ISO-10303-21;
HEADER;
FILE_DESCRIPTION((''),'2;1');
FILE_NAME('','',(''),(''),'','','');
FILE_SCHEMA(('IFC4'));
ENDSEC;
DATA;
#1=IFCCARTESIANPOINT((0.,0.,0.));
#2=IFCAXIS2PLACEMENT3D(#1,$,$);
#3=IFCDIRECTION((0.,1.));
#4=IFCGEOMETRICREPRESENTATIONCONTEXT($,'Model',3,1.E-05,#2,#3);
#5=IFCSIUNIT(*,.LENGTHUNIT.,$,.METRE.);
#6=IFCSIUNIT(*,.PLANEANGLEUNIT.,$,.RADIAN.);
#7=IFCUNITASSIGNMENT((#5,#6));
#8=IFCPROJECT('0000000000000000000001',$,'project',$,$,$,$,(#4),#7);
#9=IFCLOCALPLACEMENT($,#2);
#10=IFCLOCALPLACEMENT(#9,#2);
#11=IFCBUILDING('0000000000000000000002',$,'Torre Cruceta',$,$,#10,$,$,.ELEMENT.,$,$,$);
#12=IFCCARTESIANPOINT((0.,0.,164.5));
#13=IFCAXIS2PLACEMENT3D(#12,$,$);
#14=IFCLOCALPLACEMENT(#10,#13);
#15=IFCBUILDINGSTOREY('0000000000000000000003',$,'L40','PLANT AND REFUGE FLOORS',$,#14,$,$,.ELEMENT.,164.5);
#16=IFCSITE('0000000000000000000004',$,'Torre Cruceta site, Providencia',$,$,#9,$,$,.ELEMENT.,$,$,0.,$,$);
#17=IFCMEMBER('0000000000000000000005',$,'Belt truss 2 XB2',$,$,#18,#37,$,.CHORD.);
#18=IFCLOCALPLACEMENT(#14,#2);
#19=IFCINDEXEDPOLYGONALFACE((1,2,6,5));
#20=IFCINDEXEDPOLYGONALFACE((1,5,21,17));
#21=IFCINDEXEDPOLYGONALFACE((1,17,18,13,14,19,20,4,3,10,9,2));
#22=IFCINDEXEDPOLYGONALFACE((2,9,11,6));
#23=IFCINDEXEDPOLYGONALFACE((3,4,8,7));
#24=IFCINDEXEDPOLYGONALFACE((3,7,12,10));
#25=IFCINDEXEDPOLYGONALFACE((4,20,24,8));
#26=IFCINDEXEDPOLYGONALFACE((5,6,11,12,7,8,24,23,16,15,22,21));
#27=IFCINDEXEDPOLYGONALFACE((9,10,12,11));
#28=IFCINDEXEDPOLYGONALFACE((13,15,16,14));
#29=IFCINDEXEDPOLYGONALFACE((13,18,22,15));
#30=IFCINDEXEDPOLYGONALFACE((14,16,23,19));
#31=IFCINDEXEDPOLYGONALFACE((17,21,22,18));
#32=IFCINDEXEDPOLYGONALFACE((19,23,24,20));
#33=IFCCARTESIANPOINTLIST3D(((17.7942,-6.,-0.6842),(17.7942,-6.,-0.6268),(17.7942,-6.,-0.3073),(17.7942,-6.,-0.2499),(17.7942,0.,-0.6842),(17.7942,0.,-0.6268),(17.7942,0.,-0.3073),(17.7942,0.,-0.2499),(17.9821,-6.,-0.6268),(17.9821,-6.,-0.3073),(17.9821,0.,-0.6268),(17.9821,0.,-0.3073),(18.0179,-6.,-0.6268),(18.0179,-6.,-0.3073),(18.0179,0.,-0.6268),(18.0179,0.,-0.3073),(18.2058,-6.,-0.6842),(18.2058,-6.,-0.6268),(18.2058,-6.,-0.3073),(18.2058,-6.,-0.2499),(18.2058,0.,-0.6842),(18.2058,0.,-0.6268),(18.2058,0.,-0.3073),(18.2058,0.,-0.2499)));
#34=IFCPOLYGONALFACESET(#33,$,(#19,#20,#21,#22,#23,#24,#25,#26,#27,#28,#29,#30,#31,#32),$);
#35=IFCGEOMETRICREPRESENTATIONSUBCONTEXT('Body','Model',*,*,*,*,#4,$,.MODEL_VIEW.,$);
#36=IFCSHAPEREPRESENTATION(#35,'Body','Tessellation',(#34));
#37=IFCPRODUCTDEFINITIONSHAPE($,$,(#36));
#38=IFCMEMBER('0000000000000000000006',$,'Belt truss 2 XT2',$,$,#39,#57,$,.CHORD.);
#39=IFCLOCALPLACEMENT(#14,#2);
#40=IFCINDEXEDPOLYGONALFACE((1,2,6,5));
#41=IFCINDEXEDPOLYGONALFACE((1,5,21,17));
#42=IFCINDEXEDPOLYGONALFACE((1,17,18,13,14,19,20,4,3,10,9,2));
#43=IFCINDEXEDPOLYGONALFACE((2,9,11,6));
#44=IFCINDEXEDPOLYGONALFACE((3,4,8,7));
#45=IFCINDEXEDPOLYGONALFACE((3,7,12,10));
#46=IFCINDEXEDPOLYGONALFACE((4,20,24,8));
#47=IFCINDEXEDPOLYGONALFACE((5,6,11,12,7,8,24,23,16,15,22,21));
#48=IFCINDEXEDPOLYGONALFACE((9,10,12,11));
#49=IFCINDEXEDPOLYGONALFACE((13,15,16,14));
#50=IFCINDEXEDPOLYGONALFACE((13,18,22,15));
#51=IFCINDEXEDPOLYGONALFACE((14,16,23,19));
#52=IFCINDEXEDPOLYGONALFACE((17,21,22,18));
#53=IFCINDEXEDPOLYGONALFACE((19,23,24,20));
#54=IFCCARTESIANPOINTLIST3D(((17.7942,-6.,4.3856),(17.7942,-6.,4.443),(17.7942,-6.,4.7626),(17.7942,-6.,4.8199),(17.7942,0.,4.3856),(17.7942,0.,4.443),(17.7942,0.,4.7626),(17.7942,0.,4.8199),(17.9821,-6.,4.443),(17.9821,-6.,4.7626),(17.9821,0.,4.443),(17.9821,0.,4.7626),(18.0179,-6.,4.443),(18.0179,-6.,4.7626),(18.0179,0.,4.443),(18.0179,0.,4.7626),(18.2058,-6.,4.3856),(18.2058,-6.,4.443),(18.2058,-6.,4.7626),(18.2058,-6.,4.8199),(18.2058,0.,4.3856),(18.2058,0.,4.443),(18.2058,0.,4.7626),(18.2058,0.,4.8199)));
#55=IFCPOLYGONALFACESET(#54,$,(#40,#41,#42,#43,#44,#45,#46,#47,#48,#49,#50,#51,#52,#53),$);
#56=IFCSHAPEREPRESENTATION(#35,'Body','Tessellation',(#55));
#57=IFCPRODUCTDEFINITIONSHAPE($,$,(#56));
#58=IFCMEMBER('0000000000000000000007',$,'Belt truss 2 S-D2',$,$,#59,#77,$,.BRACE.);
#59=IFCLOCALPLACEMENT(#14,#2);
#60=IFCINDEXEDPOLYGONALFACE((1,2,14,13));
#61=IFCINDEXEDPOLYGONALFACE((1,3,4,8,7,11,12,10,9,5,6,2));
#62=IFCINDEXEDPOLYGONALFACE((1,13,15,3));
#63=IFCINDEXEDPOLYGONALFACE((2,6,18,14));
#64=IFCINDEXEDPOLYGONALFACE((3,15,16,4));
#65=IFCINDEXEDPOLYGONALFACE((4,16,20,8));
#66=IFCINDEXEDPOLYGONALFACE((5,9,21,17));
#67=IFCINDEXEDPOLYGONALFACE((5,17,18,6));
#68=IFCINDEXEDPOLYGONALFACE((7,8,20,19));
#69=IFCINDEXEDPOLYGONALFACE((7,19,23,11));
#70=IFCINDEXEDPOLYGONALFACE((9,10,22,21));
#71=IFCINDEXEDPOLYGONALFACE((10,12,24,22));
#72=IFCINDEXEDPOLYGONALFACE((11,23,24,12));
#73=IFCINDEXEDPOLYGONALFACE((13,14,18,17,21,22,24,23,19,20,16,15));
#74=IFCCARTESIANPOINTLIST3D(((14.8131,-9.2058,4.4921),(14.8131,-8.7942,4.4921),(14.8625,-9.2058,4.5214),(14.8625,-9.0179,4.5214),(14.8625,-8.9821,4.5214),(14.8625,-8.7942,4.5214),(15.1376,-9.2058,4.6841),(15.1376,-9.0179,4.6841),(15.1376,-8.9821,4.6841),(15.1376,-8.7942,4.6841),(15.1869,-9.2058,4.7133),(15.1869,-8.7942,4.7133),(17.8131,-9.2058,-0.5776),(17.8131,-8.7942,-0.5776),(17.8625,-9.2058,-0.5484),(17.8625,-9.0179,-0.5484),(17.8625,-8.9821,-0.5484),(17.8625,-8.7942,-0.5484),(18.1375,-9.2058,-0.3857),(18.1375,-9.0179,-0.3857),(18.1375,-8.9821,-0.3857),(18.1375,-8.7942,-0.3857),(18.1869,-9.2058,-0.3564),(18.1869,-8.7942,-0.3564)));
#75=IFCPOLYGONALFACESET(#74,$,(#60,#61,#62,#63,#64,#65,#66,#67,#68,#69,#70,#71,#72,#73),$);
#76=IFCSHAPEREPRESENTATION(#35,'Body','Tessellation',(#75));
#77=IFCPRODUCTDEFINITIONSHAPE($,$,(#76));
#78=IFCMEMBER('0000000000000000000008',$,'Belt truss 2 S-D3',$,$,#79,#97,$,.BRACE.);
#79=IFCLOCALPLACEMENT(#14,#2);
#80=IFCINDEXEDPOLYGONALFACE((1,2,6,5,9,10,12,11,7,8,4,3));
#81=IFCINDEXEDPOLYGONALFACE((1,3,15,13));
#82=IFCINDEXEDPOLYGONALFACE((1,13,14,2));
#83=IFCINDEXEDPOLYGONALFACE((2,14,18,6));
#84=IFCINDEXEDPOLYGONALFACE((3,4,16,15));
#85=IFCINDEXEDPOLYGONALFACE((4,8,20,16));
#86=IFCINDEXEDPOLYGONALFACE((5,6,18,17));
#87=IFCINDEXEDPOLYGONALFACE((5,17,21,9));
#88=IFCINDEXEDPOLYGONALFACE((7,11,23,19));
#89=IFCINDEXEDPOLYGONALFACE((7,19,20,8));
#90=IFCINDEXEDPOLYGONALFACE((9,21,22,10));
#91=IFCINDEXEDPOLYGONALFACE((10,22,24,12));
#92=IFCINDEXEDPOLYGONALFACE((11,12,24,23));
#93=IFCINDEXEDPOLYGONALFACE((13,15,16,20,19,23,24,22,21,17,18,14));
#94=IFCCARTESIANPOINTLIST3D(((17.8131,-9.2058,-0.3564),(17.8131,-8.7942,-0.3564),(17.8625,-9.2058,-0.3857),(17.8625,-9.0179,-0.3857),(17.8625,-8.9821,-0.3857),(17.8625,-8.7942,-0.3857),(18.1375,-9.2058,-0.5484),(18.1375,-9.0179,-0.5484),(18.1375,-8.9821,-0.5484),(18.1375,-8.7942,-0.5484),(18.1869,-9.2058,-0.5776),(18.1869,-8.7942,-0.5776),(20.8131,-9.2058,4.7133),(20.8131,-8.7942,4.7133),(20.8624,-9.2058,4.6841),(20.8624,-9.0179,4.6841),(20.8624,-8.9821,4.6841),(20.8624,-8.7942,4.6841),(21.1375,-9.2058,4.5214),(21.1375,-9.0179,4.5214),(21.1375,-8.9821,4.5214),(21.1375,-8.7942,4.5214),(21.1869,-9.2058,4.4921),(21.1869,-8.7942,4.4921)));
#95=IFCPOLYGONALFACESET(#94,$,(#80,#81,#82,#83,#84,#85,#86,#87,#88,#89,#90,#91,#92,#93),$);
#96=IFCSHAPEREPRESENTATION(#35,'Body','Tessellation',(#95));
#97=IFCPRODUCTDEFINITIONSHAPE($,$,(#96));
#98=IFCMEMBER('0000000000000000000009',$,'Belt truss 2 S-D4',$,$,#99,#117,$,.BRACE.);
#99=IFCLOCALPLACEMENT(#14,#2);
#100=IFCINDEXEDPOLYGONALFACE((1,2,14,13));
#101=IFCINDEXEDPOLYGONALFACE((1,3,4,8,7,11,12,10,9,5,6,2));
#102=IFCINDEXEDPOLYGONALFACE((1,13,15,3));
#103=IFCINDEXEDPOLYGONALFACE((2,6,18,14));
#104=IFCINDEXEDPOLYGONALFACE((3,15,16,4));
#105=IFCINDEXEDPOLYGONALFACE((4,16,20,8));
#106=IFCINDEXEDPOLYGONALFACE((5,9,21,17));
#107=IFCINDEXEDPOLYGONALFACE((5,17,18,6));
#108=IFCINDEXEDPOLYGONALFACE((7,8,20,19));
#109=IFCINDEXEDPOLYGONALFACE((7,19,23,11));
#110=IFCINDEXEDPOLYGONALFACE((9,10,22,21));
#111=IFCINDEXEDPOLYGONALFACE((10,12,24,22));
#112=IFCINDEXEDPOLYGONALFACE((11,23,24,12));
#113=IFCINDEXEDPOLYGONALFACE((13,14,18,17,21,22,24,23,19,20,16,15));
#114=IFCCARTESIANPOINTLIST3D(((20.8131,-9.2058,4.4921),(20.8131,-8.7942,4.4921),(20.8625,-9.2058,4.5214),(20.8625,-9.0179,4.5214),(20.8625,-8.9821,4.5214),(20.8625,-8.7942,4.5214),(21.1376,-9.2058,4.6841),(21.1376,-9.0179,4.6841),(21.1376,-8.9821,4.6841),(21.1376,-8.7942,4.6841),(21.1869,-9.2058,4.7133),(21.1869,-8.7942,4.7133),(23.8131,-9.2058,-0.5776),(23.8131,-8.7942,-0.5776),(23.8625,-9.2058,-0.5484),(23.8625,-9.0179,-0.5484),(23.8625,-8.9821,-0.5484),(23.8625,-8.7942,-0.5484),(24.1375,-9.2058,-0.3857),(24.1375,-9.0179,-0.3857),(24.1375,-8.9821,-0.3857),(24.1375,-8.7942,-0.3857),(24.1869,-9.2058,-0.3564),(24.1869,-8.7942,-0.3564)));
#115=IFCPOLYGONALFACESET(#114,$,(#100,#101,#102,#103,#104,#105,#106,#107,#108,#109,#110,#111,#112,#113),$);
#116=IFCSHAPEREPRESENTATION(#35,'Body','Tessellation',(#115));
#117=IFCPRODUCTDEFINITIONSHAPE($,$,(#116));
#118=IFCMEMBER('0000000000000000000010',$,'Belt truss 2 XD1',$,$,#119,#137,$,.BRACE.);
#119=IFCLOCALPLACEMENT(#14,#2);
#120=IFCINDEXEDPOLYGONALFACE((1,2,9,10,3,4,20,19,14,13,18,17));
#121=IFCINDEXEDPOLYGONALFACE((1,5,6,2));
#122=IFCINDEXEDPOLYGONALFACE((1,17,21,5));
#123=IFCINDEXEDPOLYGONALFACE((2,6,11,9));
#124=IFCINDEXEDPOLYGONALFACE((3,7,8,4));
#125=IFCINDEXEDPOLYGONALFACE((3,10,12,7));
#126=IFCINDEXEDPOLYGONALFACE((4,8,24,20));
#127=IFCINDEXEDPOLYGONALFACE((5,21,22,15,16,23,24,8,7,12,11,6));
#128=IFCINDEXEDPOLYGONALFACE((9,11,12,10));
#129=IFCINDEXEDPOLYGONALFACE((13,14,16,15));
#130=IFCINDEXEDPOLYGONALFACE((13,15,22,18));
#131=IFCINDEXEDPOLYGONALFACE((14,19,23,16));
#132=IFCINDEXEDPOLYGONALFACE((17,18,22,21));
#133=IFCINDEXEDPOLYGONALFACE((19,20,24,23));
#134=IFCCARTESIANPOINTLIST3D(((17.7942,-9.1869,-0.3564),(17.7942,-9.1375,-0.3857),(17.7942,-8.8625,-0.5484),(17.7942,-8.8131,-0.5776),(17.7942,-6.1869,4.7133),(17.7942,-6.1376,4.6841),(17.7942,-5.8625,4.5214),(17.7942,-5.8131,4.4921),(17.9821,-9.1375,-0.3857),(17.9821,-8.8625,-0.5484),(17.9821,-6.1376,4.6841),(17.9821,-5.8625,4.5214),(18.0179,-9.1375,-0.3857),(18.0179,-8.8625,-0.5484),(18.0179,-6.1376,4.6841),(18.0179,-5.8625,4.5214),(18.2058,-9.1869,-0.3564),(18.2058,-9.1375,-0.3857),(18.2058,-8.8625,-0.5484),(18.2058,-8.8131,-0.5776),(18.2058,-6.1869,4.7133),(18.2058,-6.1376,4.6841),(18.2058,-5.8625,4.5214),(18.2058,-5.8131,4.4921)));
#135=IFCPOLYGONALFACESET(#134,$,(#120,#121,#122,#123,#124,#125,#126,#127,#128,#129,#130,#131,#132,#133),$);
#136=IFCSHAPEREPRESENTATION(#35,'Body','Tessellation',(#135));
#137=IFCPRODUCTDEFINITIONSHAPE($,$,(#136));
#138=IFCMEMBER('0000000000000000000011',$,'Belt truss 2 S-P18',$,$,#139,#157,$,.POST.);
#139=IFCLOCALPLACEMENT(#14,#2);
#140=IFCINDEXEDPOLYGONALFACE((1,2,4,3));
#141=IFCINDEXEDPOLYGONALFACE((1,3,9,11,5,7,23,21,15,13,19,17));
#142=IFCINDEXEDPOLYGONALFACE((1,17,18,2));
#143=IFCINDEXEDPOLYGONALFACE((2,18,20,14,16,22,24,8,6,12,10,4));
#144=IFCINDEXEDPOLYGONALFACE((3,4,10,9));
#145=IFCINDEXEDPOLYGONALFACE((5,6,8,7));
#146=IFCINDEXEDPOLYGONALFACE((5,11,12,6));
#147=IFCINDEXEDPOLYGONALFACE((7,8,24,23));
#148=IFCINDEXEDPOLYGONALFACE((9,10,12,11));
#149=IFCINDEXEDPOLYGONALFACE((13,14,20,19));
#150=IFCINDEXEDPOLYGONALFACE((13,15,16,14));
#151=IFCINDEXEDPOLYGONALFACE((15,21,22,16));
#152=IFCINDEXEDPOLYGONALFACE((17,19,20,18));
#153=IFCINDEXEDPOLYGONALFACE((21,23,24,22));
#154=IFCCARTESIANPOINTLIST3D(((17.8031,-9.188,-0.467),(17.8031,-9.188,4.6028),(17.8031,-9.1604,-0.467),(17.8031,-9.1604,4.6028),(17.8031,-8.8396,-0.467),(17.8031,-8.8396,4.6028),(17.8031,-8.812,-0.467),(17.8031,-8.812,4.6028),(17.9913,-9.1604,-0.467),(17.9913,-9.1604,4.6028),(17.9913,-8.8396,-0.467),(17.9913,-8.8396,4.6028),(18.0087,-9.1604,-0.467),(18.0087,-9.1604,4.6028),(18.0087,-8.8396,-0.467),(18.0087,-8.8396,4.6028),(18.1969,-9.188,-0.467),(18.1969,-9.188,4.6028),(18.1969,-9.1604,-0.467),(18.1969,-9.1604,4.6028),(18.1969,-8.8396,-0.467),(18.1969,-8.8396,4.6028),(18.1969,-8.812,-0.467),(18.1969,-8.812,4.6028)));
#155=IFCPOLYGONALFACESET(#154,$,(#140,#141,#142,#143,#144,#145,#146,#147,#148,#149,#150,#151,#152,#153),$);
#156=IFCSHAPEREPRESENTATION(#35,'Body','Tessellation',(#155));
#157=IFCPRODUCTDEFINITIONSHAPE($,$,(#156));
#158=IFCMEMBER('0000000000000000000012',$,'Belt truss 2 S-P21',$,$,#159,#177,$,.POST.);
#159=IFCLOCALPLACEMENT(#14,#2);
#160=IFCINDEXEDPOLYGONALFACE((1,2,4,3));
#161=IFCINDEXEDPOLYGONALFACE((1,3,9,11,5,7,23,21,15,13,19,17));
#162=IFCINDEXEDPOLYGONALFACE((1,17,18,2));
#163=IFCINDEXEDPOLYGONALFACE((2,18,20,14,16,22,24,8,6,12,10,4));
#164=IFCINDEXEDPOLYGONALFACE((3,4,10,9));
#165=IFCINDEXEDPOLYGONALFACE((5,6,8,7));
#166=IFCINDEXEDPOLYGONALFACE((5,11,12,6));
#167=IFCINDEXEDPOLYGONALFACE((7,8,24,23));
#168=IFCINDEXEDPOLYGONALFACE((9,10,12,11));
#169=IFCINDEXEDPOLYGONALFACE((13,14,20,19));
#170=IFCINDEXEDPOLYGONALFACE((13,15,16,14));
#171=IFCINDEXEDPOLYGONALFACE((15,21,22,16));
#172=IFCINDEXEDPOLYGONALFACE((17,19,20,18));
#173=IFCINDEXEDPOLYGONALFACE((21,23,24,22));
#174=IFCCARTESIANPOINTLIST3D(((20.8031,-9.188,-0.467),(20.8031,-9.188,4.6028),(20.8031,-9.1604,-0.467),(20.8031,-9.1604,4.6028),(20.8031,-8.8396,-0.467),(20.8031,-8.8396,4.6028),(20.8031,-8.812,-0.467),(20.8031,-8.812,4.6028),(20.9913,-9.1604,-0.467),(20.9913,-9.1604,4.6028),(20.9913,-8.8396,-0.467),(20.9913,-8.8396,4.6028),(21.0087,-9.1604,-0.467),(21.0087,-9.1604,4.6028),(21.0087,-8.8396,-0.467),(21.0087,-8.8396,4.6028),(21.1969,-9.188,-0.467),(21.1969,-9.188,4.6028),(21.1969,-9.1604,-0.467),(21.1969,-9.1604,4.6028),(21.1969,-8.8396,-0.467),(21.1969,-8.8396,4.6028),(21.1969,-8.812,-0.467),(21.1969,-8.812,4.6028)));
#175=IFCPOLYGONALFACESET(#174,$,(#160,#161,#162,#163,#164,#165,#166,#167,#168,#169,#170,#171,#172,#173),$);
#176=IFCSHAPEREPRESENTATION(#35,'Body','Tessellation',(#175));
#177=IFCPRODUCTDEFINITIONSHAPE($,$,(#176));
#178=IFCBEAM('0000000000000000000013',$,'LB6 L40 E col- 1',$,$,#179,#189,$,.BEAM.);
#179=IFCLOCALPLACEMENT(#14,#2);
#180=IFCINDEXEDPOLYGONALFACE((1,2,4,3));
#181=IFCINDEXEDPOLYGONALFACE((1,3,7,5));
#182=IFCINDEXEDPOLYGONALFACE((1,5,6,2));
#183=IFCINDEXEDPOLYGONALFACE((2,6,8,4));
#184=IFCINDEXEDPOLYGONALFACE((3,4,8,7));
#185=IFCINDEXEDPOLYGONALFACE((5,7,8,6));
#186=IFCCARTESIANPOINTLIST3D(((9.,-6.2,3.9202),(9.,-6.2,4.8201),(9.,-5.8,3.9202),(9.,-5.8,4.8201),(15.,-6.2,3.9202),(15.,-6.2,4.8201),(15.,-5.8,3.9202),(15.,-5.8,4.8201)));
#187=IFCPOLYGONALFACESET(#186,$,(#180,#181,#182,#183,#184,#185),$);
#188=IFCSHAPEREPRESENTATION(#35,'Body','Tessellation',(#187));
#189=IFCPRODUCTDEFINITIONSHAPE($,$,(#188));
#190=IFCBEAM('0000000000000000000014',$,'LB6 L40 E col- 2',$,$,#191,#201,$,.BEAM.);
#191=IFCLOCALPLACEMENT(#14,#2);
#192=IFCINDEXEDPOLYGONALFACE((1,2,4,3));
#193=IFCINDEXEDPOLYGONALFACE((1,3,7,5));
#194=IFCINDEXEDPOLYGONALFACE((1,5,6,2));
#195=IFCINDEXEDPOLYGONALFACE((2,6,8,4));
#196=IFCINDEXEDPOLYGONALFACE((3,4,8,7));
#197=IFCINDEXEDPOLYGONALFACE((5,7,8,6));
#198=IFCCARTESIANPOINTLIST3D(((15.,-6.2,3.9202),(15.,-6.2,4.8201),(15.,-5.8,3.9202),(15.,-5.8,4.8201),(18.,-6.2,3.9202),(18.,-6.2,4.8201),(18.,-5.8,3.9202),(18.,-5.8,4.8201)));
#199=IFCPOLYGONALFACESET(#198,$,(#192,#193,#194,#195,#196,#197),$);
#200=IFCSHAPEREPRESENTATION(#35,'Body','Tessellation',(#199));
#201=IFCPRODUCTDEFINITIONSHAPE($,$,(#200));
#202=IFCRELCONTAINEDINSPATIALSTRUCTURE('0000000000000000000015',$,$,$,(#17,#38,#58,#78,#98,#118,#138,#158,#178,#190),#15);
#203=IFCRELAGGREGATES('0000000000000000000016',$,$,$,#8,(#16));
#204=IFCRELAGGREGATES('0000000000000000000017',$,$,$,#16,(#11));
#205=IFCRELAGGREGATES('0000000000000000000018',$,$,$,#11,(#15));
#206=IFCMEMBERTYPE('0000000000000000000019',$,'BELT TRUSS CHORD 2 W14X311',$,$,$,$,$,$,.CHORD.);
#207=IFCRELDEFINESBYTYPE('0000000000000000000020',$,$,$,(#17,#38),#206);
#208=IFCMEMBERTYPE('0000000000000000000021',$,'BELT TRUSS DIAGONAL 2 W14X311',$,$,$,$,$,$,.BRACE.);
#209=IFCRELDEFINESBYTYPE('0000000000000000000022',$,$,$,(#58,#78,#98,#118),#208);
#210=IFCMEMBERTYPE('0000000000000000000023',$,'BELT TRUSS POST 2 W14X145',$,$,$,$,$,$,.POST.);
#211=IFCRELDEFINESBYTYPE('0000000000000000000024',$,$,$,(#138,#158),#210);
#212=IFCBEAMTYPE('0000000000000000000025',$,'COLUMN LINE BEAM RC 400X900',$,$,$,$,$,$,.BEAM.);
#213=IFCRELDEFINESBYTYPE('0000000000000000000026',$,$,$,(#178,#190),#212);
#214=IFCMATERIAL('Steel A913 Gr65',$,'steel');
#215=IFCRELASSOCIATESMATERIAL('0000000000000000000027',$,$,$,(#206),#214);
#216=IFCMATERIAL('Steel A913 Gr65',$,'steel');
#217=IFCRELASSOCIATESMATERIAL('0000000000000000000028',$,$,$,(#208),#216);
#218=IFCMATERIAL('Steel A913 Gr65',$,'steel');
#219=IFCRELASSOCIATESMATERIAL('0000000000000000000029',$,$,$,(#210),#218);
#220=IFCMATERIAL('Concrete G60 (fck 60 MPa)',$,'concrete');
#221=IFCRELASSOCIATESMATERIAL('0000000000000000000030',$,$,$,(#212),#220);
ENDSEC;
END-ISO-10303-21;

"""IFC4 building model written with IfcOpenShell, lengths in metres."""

from ifc_helpers import new_model, si_unit, direction, frame, origin, origin_2d, place, context, subcontext, project, spatial, rectangle, i_section, extrude, material, material_profile, profile_set, type_object, element, save


model = new_model("IFC4")

# Units and contexts
model_context = context("Model", 3, precision=1e-05, world=origin(), true_north=direction((0.0, 1.0)))
body_context = subcontext(model_context, "Body", "Model", "MODEL_VIEW")
ifc_project = project(units=[si_unit("LENGTHUNIT", "METRE"), si_unit("PLANEANGLEUNIT", "RADIAN")], contexts=[model_context])

# Site, building, storey
site_placement = place(None, origin())
site = spatial("IfcSite", under=ifc_project, at=site_placement, Name="Torre Cruceta site, Providencia", CompositionType="ELEMENT", RefElevation=0.0)
building_placement = place(site_placement, origin())
building = spatial("IfcBuilding", under=site, at=building_placement, Name="Torre Cruceta", CompositionType="ELEMENT")
storey_placement = place(building_placement, frame((0.0, 0.0, 164.5)))
storey = spatial("IfcBuildingStorey", under=building, at=storey_placement, Name="L40", Description="PLANT AND REFUGE FLOORS", CompositionType="ELEMENT", Elevation=164.5)

# Members
ifc_material_1 = material(Name="Steel A913 Gr65", Category="steel")
ifc_material_profile_1 = material_profile(ifc_material_1, i_section(OverallWidth=0.4116, OverallDepth=0.4343, WebThickness=0.0359, FlangeThickness=0.0574, at=origin_2d()), Name="W14X311")
ifc_profile_set_1 = profile_set([ifc_material_profile_1], Name="Steel A913 Gr65")
member_type_1 = type_object("IfcMemberType", Name="BELT TRUSS CHORD 2 W14X311", PredefinedType="CHORD", material=ifc_profile_set_1)
for number, where, z_axis, x_axis, name in (
    (1, (18.0, -6.0, -0.467), (0.0, 1.0, 0.0), (-1.0, 0.0, 0.0), "Belt truss 2 XB2"),
    (2, (18.0, -6.0, 4.6028), (0.0, 1.0, 0.0), (-1.0, 0.0, 0.0), "Belt truss 2 XT2"),
):
    element("IfcMember", number, at=place(storey_placement, frame(where, z_axis=z_axis, x_axis=x_axis)), inside=storey, type_object=member_type_1, Name=name, PredefinedType="CHORD", context=body_context, shape_type="SweptSolid", body=[
        extrude(i_section(OverallWidth=0.4116, OverallDepth=0.4343, WebThickness=0.0359, FlangeThickness=0.0574, at=origin_2d()), origin(), (0.0, 0.0, 1.0), 6.0),
    ])
ifc_material_2 = material(Name="Steel A913 Gr65", Category="steel")
ifc_material_profile_2 = material_profile(ifc_material_2, i_section(OverallWidth=0.4116, OverallDepth=0.4343, WebThickness=0.0359, FlangeThickness=0.0574, at=origin_2d()), Name="W14X311")
ifc_profile_set_2 = profile_set([ifc_material_profile_2], Name="Steel A913 Gr65")
member_type_2 = type_object("IfcMemberType", Name="BELT TRUSS DIAGONAL 2 W14X311", PredefinedType="BRACE", material=ifc_profile_set_2)
for number, where, z_axis, x_axis, name in (
    (3, (18.0, -9.0, -0.467), (-0.509257, 0.0, 0.860614), (0.0, -1.0, 0.0), "Belt truss 2 S-D2"),
    (4, (18.0, -9.0, -0.467), (0.509257, 0.0, 0.860614), (0.0, 1.0, 0.0), "Belt truss 2 S-D3"),
    (5, (24.0, -9.0, -0.467), (-0.509257, 0.0, 0.860614), (0.0, -1.0, 0.0), "Belt truss 2 S-D4"),
    (6, (18.0, -9.0, -0.467), (0.0, 0.509257, 0.860614), (-1.0, 0.0, 0.0), "Belt truss 2 XD1"),
):
    element("IfcMember", number, at=place(storey_placement, frame(where, z_axis=z_axis, x_axis=x_axis)), inside=storey, type_object=member_type_2, Name=name, PredefinedType="BRACE", context=body_context, shape_type="SweptSolid", body=[
        extrude(i_section(OverallWidth=0.4116, OverallDepth=0.4343, WebThickness=0.0359, FlangeThickness=0.0574, at=origin_2d()), origin(), (0.0, 0.0, 1.0), 5.8909),
    ])
ifc_material_3 = material(Name="Steel A913 Gr65", Category="steel")
ifc_material_profile_3 = material_profile(ifc_material_3, i_section(OverallWidth=0.3938, OverallDepth=0.376, WebThickness=0.0173, FlangeThickness=0.0276, at=origin_2d()), Name="W14X145")
ifc_profile_set_3 = profile_set([ifc_material_profile_3], Name="Steel A913 Gr65")
member_type_3 = type_object("IfcMemberType", Name="BELT TRUSS POST 2 W14X145", PredefinedType="POST", material=ifc_profile_set_3)
for number, where, z_axis, x_axis, name in (
    (7, (18.0, -9.0, -0.467), (0.0, 0.0, 1.0), (1.0, 0.0, 0.0), "Belt truss 2 S-P18"),
    (8, (21.0, -9.0, -0.467), (0.0, 0.0, 1.0), (1.0, 0.0, 0.0), "Belt truss 2 S-P21"),
):
    element("IfcMember", number, at=place(storey_placement, frame(where, z_axis=z_axis, x_axis=x_axis)), inside=storey, type_object=member_type_3, Name=name, PredefinedType="POST", context=body_context, shape_type="SweptSolid", body=[
        extrude(i_section(OverallWidth=0.3938, OverallDepth=0.376, WebThickness=0.0173, FlangeThickness=0.0276, at=origin_2d()), origin(), (0.0, 0.0, 1.0), 5.0698),
    ])

# Beams
ifc_material_4 = material(Name="Concrete G60 (fck 60 MPa)", Category="concrete")
ifc_material_profile_4 = material_profile(ifc_material_4, rectangle(XDim=0.3999, YDim=0.8999, at=origin_2d()), Name="RC 400X900")
ifc_profile_set_4 = profile_set([ifc_material_profile_4], Name="Concrete G60 (fck 60 MPa)")
beam_type_1 = type_object("IfcBeamType", Name="COLUMN LINE BEAM RC 400X900", PredefinedType="BEAM", material=ifc_profile_set_4)
beam_1_placement = place(storey_placement, frame((9.0, -6.0, 4.3701), z_axis=(1.0, 0.0, 0.0), x_axis=(0.0, 1.0, 0.0)))
element("IfcBeam", 9, at=beam_1_placement, inside=storey, type_object=beam_type_1, Name="LB6 L40 E col- 1", PredefinedType="BEAM", context=body_context, shape_type="SweptSolid", body=[
    extrude(rectangle(XDim=0.3999, YDim=0.8999, at=origin_2d()), origin(), (0.0, 0.0, 1.0), 6.0),
])
for number, where, z_axis, x_axis, name in (
    (10, (15.0, -6.0, 4.3701), (1.0, 0.0, 0.0), (0.0, 1.0, 0.0), "LB6 L40 E col- 2"),
):
    element("IfcBeam", number, at=place(storey_placement, frame(where, z_axis=z_axis, x_axis=x_axis)), inside=storey, type_object=beam_type_1, Name=name, PredefinedType="BEAM", context=body_context, shape_type="SweptSolid", body=[
        extrude(rectangle(XDim=0.3999, YDim=0.8999, at=origin_2d()), origin(), (0.0, 0.0, 1.0), 3.0),
    ])

save(model, "model.ifc")
